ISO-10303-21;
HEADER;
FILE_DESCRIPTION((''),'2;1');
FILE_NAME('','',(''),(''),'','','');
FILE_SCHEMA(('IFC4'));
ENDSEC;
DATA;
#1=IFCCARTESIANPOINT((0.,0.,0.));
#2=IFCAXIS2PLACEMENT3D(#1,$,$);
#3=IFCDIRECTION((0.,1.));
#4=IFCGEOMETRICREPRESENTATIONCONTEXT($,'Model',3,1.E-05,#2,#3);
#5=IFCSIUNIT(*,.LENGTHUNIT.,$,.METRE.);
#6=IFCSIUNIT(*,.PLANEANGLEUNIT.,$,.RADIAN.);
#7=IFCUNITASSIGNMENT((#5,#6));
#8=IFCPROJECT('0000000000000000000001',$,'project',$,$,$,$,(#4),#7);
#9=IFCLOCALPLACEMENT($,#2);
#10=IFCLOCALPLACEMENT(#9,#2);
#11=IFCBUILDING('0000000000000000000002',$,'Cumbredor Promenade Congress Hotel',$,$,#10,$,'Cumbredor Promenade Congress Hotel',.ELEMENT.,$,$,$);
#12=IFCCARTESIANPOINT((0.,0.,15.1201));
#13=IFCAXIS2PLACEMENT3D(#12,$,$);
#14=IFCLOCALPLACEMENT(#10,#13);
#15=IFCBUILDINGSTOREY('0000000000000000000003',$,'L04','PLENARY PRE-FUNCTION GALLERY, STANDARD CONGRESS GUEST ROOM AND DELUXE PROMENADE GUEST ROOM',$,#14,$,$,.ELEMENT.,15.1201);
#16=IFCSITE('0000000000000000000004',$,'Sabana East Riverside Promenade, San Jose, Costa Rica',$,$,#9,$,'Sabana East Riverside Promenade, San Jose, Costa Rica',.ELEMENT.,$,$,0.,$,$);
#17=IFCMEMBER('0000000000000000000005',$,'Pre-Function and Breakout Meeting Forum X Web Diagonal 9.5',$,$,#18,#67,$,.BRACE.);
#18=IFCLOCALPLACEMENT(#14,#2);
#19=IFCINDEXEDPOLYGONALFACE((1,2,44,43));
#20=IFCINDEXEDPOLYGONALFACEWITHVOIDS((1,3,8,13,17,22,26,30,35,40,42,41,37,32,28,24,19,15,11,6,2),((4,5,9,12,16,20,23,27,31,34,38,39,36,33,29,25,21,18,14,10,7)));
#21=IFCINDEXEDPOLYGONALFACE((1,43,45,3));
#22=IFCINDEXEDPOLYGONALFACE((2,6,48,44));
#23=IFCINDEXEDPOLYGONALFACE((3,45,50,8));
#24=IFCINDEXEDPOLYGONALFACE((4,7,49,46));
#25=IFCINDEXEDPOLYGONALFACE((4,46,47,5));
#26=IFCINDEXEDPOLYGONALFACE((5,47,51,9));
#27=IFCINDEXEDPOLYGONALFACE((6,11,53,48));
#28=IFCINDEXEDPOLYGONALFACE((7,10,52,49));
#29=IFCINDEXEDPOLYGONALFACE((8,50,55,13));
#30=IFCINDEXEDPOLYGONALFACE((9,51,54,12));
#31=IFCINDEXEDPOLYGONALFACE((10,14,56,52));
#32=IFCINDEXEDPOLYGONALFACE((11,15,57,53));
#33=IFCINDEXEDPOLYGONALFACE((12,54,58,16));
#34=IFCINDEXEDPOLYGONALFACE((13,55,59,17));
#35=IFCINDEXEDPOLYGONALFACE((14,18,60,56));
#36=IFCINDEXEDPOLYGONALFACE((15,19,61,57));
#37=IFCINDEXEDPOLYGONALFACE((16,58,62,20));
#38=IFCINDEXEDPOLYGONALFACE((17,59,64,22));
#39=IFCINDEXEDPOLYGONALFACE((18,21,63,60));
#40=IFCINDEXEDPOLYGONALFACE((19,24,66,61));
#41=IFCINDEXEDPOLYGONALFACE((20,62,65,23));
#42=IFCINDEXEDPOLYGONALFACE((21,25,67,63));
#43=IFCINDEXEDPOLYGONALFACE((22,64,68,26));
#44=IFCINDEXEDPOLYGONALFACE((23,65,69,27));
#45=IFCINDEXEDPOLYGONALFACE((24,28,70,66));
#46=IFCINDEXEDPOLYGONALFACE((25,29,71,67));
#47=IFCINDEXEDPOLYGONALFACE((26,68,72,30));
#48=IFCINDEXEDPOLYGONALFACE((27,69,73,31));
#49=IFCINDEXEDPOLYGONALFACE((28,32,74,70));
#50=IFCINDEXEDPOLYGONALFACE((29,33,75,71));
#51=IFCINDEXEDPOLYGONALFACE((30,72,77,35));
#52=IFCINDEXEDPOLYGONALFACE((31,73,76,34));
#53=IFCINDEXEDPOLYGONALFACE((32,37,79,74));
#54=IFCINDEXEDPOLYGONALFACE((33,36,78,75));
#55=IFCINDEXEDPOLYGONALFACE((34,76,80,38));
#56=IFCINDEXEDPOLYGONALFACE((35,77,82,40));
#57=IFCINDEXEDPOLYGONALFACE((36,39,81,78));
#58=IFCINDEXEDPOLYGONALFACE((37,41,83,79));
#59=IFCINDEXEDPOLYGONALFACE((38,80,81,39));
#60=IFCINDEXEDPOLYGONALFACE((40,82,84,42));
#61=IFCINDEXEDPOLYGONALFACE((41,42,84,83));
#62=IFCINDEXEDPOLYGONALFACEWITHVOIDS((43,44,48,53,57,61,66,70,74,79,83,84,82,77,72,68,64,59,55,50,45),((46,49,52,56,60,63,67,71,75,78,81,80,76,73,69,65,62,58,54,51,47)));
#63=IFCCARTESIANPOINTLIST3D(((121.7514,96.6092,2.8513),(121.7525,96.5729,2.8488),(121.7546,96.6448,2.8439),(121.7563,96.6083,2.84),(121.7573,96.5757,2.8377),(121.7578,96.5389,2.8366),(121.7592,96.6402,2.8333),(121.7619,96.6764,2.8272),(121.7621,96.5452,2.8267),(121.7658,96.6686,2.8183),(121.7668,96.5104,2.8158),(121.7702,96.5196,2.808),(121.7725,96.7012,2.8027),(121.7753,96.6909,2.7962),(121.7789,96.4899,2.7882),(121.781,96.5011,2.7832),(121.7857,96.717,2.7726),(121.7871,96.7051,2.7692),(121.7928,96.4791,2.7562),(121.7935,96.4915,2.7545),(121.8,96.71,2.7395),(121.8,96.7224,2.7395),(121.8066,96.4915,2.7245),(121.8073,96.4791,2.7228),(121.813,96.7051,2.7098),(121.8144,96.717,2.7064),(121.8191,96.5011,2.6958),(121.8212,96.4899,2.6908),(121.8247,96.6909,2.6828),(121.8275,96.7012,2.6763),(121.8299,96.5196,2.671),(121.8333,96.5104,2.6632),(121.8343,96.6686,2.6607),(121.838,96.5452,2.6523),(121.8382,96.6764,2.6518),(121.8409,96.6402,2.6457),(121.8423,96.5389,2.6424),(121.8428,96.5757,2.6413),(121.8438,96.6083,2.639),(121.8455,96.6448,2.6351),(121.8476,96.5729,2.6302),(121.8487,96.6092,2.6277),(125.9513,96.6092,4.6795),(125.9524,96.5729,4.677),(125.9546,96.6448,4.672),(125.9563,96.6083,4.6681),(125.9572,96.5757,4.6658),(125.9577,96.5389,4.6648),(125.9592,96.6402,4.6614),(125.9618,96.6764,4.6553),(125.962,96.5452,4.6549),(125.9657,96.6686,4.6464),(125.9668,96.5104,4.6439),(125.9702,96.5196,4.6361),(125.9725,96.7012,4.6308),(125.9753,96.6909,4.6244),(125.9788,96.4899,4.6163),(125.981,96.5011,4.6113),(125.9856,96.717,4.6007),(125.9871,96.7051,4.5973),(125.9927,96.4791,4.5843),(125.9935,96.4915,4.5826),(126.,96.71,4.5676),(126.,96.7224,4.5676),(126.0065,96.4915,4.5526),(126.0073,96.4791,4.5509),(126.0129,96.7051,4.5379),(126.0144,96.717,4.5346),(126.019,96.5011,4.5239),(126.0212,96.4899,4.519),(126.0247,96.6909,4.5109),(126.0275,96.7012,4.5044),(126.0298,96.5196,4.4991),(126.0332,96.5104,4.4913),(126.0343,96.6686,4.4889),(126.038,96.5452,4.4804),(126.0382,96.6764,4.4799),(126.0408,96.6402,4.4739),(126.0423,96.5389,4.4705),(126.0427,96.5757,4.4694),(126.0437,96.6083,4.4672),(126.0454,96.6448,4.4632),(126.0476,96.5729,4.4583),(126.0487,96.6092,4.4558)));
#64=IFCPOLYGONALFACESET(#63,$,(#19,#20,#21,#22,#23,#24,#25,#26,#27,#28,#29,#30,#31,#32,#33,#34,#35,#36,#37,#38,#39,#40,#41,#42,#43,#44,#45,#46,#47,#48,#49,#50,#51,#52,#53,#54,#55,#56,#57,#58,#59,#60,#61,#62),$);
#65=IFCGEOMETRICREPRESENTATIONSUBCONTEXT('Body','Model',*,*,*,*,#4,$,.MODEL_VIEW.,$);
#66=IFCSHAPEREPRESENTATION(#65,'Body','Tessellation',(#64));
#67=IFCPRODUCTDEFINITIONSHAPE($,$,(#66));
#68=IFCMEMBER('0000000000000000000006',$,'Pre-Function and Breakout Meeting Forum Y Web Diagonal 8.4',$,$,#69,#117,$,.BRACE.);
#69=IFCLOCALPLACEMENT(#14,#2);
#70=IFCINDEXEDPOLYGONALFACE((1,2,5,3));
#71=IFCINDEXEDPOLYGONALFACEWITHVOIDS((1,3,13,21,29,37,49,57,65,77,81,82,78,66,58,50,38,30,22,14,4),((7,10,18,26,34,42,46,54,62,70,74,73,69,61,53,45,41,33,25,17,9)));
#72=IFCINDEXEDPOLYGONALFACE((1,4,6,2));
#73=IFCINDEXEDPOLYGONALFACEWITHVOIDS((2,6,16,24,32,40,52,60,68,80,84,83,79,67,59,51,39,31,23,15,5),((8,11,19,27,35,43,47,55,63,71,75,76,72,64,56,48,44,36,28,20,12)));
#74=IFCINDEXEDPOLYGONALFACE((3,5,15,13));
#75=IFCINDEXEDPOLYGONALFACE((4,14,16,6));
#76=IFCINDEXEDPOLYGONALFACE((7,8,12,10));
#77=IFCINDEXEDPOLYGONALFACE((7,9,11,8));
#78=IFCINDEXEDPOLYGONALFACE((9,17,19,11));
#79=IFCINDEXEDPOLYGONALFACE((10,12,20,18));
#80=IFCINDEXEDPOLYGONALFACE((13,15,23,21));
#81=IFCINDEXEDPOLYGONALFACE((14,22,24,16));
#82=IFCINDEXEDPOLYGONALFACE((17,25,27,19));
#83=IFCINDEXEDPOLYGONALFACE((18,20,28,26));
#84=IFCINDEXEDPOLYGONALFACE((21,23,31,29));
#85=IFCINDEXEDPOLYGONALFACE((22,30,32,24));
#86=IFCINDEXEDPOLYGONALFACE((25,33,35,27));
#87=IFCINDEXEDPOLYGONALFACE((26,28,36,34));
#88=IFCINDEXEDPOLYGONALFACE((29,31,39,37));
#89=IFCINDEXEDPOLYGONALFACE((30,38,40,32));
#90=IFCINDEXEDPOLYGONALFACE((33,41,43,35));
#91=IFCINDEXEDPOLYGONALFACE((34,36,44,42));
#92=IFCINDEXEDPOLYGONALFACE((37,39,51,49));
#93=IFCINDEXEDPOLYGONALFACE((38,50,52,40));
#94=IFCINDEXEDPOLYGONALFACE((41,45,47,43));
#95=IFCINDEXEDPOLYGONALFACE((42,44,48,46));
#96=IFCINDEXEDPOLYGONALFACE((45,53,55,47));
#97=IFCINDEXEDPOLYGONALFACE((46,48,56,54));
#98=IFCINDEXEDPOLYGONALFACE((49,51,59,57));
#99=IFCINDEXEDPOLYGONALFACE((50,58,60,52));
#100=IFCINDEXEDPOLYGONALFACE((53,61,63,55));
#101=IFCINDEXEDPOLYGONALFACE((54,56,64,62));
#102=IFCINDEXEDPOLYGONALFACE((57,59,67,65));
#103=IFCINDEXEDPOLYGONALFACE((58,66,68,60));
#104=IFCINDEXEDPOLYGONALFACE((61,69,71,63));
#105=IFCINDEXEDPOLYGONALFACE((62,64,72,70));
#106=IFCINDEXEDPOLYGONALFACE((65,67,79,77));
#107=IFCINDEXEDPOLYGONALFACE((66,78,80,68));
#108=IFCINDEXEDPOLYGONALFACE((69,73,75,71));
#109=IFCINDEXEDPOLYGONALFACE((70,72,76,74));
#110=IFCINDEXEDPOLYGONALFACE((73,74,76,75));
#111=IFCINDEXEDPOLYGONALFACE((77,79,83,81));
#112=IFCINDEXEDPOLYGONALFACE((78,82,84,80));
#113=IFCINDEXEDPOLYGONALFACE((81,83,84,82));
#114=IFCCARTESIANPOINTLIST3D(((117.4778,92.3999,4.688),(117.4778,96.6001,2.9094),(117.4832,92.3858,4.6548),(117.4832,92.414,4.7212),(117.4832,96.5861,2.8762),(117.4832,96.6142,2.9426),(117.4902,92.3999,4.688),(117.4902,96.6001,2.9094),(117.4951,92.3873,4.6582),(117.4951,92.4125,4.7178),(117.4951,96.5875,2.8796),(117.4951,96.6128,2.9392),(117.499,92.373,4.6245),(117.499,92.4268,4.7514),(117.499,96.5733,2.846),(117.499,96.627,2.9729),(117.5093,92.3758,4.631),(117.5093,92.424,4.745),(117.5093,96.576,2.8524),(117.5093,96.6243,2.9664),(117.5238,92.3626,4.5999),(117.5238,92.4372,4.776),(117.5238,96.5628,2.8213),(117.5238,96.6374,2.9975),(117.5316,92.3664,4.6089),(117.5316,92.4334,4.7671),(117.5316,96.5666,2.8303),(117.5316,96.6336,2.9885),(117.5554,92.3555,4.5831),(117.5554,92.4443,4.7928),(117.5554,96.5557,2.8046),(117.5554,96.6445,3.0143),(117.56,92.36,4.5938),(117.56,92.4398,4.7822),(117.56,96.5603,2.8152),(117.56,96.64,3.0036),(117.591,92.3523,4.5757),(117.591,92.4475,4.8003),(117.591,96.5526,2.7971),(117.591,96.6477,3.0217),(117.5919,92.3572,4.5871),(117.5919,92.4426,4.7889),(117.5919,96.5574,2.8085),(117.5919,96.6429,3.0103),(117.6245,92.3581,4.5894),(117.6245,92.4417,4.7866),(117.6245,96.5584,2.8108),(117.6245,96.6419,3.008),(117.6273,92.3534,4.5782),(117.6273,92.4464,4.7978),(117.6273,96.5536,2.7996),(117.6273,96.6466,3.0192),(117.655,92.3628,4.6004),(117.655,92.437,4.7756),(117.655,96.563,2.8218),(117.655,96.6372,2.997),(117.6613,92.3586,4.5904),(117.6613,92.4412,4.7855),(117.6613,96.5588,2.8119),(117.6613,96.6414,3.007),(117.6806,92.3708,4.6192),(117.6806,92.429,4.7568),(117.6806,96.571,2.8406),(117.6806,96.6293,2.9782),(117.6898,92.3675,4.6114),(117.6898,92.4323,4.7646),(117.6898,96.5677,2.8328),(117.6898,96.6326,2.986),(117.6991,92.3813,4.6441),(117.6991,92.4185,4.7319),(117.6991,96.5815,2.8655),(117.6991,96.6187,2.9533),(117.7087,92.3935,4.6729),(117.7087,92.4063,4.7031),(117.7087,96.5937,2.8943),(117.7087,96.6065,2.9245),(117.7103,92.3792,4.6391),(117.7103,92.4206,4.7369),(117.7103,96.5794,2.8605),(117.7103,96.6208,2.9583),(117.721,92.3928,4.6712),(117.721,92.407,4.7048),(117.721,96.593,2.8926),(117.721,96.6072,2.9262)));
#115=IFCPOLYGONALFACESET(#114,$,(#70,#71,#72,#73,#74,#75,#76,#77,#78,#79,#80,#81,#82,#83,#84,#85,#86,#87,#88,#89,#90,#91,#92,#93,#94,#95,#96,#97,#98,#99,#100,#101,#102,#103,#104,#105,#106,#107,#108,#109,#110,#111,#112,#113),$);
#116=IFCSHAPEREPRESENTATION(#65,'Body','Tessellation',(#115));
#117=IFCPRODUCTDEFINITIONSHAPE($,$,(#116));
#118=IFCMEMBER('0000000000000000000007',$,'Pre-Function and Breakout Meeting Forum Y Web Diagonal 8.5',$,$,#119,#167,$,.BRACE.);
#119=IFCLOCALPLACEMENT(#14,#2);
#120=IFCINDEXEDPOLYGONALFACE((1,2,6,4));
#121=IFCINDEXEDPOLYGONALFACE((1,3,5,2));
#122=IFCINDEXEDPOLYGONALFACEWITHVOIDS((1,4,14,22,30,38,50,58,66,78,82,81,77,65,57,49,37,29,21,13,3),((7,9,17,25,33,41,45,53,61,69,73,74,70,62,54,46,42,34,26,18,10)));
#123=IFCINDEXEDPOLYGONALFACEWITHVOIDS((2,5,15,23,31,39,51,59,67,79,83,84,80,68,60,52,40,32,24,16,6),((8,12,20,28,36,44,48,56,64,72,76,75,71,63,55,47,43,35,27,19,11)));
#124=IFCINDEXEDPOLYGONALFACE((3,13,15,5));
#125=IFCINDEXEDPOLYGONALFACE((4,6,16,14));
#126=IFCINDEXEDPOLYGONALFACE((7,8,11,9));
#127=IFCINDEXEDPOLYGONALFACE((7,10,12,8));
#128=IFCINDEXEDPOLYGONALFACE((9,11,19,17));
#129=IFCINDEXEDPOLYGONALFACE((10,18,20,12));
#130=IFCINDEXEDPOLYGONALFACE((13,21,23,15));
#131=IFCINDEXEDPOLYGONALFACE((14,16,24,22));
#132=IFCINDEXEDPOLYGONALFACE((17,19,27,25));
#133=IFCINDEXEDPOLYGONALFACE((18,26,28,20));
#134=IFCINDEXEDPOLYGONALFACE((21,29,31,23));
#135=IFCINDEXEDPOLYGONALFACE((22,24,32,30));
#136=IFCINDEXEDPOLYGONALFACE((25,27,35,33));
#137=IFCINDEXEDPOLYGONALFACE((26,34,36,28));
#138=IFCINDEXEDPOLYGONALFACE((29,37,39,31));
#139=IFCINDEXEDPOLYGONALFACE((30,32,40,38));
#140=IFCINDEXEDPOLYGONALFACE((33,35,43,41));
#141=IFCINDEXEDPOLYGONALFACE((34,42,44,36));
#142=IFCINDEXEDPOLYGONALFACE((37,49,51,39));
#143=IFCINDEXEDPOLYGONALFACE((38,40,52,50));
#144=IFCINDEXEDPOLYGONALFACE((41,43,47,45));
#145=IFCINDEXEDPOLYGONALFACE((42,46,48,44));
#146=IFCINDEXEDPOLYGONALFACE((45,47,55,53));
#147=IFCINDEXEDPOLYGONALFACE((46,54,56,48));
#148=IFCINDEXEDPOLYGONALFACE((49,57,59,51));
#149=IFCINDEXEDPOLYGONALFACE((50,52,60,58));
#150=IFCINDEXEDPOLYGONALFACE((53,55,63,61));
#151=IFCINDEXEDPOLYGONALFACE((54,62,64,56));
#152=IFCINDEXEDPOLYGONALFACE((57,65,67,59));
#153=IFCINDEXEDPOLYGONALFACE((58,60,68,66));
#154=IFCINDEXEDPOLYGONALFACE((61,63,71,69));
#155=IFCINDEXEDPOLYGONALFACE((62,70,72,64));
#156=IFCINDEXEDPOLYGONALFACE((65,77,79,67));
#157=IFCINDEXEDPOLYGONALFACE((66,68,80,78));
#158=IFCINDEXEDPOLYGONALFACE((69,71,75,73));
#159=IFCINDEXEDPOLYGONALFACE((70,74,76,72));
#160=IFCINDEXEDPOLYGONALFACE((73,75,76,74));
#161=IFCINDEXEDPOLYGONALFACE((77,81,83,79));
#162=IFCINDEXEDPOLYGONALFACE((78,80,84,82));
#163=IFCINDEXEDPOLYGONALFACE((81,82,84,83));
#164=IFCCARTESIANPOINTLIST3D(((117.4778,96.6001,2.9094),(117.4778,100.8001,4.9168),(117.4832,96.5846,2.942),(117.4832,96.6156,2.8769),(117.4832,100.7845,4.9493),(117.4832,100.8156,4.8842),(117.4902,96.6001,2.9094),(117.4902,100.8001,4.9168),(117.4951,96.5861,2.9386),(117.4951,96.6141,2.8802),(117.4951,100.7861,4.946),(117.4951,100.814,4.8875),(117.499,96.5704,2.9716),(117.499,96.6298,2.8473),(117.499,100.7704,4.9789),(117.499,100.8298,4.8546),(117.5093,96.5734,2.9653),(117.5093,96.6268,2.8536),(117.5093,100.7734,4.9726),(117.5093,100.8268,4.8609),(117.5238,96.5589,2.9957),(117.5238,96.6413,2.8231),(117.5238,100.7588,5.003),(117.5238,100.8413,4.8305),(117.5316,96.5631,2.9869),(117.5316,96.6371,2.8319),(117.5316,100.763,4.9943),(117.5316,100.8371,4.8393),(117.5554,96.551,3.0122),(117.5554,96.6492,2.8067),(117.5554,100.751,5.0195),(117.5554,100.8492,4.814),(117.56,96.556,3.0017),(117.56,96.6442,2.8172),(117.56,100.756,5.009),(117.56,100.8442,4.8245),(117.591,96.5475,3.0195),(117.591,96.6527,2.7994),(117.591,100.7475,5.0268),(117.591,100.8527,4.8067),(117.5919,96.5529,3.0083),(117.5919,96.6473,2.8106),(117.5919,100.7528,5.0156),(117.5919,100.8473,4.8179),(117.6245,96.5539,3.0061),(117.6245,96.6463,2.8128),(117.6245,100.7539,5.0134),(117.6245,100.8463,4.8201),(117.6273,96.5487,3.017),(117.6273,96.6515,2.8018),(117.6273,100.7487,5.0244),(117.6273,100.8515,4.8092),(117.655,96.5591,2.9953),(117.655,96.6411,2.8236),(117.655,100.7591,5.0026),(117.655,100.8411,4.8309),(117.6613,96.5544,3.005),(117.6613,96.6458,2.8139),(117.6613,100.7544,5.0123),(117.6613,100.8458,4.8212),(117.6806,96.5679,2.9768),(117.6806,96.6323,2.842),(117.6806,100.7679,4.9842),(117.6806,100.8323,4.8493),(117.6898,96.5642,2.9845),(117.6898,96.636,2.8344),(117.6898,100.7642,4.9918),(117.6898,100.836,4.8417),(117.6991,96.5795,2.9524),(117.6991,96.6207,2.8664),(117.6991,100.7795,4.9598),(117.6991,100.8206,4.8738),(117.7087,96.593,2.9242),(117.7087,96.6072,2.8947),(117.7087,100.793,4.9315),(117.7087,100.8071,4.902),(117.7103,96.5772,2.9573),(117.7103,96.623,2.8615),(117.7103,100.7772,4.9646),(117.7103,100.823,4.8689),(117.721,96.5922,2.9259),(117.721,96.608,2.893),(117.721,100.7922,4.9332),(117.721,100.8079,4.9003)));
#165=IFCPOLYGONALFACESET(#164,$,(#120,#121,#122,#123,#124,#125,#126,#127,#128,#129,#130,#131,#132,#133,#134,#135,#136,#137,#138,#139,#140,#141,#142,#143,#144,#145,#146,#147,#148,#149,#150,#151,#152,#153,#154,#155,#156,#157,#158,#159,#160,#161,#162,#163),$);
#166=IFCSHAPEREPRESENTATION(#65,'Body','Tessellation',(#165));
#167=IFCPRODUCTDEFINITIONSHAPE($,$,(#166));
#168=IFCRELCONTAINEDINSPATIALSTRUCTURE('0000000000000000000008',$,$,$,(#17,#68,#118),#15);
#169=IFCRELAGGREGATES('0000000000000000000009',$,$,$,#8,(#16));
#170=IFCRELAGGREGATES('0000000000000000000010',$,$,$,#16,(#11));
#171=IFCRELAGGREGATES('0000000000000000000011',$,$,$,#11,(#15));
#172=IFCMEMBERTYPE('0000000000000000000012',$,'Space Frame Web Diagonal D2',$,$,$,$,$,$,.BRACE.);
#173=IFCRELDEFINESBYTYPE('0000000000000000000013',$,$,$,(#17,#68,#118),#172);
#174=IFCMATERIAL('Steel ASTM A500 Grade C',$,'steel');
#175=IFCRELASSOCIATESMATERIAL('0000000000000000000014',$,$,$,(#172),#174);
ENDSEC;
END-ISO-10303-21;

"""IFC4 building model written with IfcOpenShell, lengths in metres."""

from ifc_helpers import new_model, si_unit, direction, frame, origin, origin_2d, place, context, subcontext, project, spatial, hollow_circle, extrude, material, material_profile, profile_set, type_object, element, save


model = new_model("IFC4")

# Units and contexts
model_context = context("Model", 3, precision=1e-05, world=origin(), true_north=direction((0.0, 1.0)))
body_context = subcontext(model_context, "Body", "Model", "MODEL_VIEW")
ifc_project = project(units=[si_unit("LENGTHUNIT", "METRE"), si_unit("PLANEANGLEUNIT", "RADIAN")], contexts=[model_context])

# Site, building, storey
site_placement = place(None, origin())
site = spatial("IfcSite", under=ifc_project, at=site_placement, Name="Sabana East Riverside Promenade, San Jose, Costa Rica", LongName="Sabana East Riverside Promenade, San Jose, Costa Rica", CompositionType="ELEMENT", RefElevation=0.0)
building_placement = place(site_placement, origin())
building = spatial("IfcBuilding", under=site, at=building_placement, Name="Cumbredor Promenade Congress Hotel", LongName="Cumbredor Promenade Congress Hotel", CompositionType="ELEMENT")
storey_placement = place(building_placement, frame((0.0, 0.0, 15.1201)))
storey = spatial("IfcBuildingStorey", under=building, at=storey_placement, Name="L04", Description="PLENARY PRE-FUNCTION GALLERY, STANDARD CONGRESS GUEST ROOM AND DELUXE PROMENADE GUEST ROOM", CompositionType="ELEMENT", Elevation=15.1201)

# Members
ifc_material_1 = material(Name="Steel ASTM A500 Grade C", Category="steel")
ifc_material_profile_1 = material_profile(ifc_material_1, hollow_circle(Radius=0.1223, WallThickness=0.0125, at=origin_2d()), Name="CHS 244.5x12.5")
ifc_profile_set_1 = profile_set([ifc_material_profile_1], Name="Steel ASTM A500 Grade C")
member_type_1 = type_object("IfcMemberType", Name="Space Frame Web Diagonal D2", PredefinedType="BRACE", material=ifc_profile_set_1)
member_1_placement = place(storey_placement, frame((121.8, 96.6001, 2.7395), z_axis=(0.916906, 0.0, 0.399104), x_axis=(0.0, 1.0, 0.0)))
element("IfcMember", 1, at=member_1_placement, inside=storey, type_object=member_type_1, Name="Pre-Function and Breakout Meeting Forum X Web Diagonal 9.5", PredefinedType="BRACE", context=body_context, shape_type="SweptSolid", body=[
    extrude(hollow_circle(Radius=0.1223, WallThickness=0.0125, at=origin_2d()), origin(), (0.0, 0.0, 1.0), 4.5806),
])
member_2_placement = place(storey_placement, frame((117.6001, 92.3999, 4.688), z_axis=(0.0, 0.920845, -0.38993), x_axis=(-1.0, 0.0, 0.0)))
element("IfcMember", 2, at=member_2_placement, inside=storey, type_object=member_type_1, Name="Pre-Function and Breakout Meeting Forum Y Web Diagonal 8.4", PredefinedType="BRACE", context=body_context, shape_type="SweptSolid", body=[
    extrude(hollow_circle(Radius=0.1223, WallThickness=0.0125, at=origin_2d()), origin(), (0.0, 0.0, 1.0), 4.5613),
])
member_3_placement = place(storey_placement, frame((117.6001, 96.6001, 2.9094), z_axis=(0.0, 0.902247, 0.43122), x_axis=(-1.0, 0.0, 0.0)))
element("IfcMember", 3, at=member_3_placement, inside=storey, type_object=member_type_1, Name="Pre-Function and Breakout Meeting Forum Y Web Diagonal 8.5", PredefinedType="BRACE", context=body_context, shape_type="SweptSolid", body=[
    extrude(hollow_circle(Radius=0.1223, WallThickness=0.0125, at=origin_2d()), origin(), (0.0, 0.0, 1.0), 4.655),
])

save(model, "model.ifc")
